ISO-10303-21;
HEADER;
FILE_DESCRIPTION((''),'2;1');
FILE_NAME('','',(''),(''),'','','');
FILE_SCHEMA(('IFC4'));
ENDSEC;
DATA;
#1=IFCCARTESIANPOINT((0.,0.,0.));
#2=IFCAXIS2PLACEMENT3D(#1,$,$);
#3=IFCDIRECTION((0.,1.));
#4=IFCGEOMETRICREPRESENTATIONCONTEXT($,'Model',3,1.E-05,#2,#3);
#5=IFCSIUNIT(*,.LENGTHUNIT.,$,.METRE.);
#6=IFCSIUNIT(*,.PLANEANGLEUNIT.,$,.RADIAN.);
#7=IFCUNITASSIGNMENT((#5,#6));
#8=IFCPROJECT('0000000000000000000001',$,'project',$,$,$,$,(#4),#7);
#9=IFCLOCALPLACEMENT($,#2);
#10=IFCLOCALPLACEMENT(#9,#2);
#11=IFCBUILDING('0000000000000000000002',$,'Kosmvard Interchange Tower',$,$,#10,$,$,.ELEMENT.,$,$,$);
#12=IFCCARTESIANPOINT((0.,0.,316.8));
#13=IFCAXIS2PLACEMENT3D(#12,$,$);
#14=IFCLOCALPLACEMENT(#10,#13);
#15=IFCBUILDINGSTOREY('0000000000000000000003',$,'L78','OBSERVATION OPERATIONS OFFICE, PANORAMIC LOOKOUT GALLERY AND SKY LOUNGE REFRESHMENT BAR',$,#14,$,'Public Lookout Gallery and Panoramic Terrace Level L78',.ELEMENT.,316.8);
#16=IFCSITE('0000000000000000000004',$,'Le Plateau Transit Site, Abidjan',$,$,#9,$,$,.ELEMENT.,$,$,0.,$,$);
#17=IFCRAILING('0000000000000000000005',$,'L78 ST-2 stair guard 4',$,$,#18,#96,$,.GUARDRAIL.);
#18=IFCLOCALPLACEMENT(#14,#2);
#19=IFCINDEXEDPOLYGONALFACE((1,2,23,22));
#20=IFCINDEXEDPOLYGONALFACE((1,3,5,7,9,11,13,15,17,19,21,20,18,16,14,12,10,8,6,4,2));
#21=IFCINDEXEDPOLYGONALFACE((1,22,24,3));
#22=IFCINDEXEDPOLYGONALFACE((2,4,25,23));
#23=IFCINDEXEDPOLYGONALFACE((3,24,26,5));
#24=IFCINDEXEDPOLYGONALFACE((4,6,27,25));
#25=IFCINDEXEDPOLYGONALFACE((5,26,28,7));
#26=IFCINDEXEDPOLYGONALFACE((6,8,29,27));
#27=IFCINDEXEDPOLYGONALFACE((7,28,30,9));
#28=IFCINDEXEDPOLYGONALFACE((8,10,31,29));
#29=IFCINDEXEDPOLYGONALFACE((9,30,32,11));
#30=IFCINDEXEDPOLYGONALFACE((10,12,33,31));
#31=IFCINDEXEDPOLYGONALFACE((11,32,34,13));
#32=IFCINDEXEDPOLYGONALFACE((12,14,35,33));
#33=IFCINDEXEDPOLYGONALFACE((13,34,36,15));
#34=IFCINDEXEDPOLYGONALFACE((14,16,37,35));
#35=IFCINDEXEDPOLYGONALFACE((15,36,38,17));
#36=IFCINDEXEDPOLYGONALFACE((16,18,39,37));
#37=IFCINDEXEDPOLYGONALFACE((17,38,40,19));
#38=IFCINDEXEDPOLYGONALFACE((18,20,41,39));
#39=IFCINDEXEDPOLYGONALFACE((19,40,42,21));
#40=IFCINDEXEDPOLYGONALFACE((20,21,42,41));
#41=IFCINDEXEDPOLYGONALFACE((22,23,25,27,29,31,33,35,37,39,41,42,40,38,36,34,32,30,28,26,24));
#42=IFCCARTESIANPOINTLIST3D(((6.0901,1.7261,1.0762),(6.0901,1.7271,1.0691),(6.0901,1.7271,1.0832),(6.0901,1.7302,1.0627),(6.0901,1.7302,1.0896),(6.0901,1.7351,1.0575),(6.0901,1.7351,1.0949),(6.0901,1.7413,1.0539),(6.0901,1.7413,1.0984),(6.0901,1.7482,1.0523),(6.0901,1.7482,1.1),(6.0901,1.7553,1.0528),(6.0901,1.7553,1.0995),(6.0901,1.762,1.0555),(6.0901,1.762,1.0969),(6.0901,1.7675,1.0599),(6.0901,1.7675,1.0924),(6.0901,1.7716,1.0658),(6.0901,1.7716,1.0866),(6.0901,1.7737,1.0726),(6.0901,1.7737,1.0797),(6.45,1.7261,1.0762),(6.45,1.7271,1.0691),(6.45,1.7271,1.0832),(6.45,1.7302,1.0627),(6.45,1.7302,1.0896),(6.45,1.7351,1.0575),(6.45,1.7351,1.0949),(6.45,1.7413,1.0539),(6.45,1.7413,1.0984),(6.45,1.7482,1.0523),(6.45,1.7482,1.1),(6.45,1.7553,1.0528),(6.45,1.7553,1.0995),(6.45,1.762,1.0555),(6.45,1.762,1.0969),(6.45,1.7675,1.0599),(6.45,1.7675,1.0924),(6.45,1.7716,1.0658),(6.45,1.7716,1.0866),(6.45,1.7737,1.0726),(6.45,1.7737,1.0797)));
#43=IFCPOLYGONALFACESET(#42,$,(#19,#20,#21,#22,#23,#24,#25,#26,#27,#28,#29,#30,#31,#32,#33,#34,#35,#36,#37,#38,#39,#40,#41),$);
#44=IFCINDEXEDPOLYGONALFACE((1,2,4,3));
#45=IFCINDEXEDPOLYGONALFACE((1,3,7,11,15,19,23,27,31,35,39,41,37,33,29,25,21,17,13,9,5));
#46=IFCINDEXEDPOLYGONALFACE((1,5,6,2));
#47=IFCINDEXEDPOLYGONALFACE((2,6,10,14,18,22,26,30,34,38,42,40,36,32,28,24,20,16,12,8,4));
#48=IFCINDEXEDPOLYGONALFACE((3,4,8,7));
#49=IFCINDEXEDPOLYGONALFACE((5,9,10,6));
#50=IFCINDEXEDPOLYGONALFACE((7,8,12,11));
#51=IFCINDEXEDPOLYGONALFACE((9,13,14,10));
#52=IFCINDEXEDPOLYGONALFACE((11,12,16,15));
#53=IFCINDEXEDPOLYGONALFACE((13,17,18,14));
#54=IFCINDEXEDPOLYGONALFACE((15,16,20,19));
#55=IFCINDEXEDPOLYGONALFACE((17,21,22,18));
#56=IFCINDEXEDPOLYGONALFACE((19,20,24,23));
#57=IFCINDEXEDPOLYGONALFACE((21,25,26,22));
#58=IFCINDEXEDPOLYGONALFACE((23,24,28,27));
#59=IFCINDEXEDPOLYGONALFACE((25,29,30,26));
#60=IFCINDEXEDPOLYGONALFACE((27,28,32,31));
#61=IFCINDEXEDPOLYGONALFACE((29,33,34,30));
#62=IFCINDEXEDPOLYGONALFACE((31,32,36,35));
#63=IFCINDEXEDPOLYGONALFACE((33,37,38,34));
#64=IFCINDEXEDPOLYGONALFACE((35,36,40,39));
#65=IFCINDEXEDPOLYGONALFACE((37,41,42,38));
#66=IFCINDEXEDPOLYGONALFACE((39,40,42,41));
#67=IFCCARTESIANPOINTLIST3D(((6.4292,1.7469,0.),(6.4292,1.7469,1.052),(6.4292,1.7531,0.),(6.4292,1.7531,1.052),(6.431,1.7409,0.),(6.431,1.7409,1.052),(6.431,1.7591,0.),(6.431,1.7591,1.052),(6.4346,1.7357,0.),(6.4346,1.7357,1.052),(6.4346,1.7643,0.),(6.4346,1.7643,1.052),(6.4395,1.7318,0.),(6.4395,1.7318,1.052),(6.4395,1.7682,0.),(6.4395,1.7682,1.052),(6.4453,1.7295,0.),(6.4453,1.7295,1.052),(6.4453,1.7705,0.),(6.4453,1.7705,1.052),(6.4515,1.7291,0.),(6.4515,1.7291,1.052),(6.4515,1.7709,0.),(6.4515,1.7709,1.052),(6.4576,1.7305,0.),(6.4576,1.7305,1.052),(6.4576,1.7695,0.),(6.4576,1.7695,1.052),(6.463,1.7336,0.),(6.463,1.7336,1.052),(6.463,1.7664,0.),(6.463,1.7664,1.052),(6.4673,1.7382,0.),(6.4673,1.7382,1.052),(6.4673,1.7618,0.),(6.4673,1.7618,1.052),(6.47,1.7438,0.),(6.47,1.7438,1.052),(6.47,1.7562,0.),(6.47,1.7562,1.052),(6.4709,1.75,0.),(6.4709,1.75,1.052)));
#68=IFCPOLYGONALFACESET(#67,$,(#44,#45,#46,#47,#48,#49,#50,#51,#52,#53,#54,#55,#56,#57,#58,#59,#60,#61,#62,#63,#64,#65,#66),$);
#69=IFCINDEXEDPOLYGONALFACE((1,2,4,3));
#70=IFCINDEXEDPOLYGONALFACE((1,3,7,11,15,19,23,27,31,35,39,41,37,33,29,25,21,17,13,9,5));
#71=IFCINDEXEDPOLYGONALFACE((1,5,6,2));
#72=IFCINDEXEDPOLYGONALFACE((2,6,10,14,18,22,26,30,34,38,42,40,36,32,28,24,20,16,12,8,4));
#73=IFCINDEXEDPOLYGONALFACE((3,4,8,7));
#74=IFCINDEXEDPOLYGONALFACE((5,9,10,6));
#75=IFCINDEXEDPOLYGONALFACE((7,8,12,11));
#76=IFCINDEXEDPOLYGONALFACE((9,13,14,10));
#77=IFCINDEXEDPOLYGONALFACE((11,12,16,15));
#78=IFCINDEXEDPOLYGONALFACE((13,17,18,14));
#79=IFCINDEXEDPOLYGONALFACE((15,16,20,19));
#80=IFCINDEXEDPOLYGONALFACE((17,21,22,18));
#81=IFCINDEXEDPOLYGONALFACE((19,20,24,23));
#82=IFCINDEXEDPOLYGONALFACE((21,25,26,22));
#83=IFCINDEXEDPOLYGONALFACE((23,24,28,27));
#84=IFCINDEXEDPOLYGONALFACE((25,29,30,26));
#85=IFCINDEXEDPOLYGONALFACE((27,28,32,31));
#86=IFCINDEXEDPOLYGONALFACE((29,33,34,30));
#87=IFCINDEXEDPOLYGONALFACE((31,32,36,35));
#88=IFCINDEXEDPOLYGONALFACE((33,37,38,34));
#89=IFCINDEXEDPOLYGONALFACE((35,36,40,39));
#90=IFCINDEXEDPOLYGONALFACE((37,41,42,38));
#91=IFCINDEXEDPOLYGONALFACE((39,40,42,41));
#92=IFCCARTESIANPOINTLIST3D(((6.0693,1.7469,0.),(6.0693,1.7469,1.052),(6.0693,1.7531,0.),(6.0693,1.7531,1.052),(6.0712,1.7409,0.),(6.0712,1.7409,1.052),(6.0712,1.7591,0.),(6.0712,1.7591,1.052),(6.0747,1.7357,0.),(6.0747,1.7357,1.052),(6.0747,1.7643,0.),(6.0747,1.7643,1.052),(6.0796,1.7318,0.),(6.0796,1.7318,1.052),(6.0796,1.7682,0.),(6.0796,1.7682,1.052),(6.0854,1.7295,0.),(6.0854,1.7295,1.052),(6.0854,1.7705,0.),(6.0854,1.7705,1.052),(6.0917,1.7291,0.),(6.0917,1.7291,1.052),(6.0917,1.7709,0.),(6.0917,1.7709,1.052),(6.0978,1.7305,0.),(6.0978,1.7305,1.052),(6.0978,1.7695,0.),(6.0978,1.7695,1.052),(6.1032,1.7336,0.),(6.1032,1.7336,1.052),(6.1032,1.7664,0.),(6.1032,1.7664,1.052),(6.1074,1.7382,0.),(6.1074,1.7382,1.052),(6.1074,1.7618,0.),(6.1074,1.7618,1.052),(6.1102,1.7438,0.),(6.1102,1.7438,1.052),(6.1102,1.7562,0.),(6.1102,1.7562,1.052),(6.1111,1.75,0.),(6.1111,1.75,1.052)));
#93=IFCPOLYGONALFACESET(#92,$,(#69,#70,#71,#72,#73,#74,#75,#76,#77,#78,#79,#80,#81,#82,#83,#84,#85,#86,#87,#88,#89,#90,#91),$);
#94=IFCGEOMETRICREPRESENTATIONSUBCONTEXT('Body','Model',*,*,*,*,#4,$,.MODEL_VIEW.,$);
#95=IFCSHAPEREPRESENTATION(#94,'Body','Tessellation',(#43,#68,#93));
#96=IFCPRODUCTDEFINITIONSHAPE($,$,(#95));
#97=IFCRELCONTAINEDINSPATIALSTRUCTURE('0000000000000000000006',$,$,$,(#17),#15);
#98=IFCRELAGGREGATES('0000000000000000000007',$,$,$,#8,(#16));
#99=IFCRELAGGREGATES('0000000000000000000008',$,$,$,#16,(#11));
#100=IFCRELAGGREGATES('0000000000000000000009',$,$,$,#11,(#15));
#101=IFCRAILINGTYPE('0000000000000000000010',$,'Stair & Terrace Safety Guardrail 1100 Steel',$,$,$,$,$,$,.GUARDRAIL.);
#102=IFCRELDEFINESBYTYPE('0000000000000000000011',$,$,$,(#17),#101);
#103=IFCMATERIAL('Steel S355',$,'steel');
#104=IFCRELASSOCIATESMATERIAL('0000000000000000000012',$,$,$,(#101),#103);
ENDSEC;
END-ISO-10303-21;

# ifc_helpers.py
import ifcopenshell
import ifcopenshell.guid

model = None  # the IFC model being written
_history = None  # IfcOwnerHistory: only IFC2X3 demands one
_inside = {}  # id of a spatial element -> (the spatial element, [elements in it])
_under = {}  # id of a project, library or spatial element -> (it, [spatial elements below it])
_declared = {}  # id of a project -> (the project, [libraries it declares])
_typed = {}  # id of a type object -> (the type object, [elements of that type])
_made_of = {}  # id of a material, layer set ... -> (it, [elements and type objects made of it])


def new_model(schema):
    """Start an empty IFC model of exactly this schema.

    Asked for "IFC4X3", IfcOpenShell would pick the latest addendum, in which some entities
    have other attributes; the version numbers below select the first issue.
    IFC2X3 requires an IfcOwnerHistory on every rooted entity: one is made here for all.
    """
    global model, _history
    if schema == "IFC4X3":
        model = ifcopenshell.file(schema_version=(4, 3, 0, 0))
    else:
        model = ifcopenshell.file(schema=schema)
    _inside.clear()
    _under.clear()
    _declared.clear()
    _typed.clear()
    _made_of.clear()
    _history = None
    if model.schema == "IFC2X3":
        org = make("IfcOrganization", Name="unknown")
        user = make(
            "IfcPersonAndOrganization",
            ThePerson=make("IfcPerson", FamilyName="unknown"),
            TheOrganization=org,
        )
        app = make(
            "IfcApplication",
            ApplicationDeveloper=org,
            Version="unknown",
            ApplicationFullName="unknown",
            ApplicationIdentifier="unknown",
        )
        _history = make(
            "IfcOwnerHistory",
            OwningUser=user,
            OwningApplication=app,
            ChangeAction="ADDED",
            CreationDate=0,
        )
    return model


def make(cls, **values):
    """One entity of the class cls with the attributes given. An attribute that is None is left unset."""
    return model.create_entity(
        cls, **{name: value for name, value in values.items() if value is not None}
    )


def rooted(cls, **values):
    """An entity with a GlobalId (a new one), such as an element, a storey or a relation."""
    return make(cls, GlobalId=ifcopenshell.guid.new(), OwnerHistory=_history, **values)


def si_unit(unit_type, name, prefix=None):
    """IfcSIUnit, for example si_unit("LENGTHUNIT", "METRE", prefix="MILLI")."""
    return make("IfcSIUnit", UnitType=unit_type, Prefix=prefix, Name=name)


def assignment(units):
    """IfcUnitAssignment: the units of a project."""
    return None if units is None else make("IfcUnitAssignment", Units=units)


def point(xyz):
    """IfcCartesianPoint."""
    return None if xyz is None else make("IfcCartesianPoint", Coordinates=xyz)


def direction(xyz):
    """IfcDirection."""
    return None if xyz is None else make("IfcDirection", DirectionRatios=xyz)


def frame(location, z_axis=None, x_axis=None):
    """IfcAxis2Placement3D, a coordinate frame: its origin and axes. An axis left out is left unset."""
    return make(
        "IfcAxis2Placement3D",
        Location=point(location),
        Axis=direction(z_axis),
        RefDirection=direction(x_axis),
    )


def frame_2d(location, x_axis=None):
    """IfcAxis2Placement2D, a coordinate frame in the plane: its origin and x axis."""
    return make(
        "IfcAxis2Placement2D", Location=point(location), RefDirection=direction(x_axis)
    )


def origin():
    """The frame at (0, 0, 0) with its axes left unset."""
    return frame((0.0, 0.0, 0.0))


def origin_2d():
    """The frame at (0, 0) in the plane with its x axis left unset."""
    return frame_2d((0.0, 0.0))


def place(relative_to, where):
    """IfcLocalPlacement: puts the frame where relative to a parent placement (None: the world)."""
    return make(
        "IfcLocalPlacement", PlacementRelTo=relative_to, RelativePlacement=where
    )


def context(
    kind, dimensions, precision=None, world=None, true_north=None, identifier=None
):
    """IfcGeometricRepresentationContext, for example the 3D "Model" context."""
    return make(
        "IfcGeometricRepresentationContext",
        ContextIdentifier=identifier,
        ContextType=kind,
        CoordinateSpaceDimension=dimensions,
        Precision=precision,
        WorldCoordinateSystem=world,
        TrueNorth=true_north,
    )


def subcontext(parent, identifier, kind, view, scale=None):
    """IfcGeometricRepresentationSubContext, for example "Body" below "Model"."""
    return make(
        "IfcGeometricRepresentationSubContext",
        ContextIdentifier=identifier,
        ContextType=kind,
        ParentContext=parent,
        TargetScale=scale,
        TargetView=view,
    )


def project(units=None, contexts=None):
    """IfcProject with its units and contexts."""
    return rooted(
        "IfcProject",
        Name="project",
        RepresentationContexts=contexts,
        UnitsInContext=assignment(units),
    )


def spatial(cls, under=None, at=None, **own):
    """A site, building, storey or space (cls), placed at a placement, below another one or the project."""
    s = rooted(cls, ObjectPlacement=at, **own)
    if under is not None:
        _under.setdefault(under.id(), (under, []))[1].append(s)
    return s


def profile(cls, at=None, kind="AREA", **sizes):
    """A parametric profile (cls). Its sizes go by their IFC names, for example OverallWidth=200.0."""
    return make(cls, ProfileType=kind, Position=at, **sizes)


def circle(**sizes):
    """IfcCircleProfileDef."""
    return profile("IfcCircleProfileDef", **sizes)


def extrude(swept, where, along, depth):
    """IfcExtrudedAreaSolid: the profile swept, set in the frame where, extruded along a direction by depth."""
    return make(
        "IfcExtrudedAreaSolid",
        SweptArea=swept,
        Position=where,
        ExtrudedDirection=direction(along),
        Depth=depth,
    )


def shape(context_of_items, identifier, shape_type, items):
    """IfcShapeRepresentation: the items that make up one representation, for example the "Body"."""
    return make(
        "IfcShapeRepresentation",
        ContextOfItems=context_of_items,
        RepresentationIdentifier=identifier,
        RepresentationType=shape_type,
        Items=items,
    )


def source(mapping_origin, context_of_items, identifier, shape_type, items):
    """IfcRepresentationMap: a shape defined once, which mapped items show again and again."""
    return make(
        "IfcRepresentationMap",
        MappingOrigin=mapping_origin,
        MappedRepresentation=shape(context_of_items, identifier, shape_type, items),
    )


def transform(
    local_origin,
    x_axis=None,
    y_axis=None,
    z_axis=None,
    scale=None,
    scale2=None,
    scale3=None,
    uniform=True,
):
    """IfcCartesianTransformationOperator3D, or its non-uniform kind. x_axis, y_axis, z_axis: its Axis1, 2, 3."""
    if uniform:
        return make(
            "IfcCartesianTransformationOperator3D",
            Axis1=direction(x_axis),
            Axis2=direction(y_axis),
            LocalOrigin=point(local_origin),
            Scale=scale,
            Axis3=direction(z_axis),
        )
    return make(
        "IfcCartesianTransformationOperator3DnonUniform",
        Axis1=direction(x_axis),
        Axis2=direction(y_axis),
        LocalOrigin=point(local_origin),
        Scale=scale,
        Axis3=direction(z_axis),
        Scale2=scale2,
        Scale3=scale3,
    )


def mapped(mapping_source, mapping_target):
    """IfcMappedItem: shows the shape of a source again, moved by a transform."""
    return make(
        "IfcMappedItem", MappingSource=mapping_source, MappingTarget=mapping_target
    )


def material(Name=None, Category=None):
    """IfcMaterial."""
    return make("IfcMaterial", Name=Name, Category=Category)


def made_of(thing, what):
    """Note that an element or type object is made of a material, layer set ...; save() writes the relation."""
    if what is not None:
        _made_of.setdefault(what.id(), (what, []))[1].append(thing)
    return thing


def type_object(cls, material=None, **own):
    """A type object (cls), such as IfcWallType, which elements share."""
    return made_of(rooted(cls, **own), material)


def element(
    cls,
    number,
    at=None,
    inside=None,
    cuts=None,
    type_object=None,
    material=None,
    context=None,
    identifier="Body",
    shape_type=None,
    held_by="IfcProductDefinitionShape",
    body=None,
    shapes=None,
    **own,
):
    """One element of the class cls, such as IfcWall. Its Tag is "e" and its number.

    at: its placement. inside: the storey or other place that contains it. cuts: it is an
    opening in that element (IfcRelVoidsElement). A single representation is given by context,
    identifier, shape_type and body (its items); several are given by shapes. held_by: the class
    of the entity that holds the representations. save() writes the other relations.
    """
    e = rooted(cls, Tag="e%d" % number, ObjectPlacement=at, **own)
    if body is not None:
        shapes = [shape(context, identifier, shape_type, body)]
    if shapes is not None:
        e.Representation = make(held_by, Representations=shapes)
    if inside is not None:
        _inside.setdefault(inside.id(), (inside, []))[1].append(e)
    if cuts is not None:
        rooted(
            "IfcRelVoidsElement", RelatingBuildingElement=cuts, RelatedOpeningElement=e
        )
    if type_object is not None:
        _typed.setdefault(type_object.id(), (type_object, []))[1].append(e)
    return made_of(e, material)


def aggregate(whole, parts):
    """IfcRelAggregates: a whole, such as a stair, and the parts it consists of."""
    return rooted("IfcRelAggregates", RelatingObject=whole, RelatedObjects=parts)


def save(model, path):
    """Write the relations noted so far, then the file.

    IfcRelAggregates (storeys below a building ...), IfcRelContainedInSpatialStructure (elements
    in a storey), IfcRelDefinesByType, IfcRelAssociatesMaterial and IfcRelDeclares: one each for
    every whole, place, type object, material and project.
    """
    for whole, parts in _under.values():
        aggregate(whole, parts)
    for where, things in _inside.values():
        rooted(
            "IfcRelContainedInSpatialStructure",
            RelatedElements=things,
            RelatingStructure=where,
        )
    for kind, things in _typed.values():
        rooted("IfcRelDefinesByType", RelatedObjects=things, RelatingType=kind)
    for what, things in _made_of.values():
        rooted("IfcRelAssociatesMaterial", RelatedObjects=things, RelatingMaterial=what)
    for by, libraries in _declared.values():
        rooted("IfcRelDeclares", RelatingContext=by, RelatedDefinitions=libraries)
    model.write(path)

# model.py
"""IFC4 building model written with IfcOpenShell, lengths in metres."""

from ifc_helpers import new_model, si_unit, direction, frame, origin, origin_2d, place, context, subcontext, project, spatial, circle, extrude, source, transform, mapped, material, type_object, element, save


model = new_model("IFC4")

# Units and contexts
model_context = context("Model", 3, precision=1e-05, world=origin(), true_north=direction((0.0, 1.0)))
body_context = subcontext(model_context, "Body", "Model", "MODEL_VIEW")
ifc_project = project(units=[si_unit("LENGTHUNIT", "METRE"), si_unit("PLANEANGLEUNIT", "RADIAN")], contexts=[model_context])

# Site, building, storey
site_placement = place(None, origin())
site = spatial("IfcSite", under=ifc_project, at=site_placement, Name="Le Plateau Transit Site, Abidjan", CompositionType="ELEMENT", RefElevation=0.0)
building_placement = place(site_placement, origin())
building = spatial("IfcBuilding", under=site, at=building_placement, Name="Kosmvard Interchange Tower", CompositionType="ELEMENT")
storey_placement = place(building_placement, frame((0.0, 0.0, 316.8)))
storey = spatial("IfcBuildingStorey", under=building, at=storey_placement, Name="L78", Description="OBSERVATION OPERATIONS OFFICE, PANORAMIC LOOKOUT GALLERY AND SKY LOUNGE REFRESHMENT BAR", LongName="Public Lookout Gallery and Panoramic Terrace Level L78", CompositionType="ELEMENT", Elevation=316.8)

# Shared definitions
ifc_material_1 = material(Name="Steel S355", Category="steel")

# Railing
railing_type_1 = type_object("IfcRailingType", Name="Stair & Terrace Safety Guardrail 1100 Steel", PredefinedType="GUARDRAIL", material=ifc_material_1)
shared_shape_1 = source(origin(), body_context, "Body", "SweptSolid", [
    extrude(circle(Radius=0.0239, at=origin_2d()), frame((0.0, 0.0, 1.0762), z_axis=(-1.0, 0.0, 0.0), x_axis=(0.0, -1.0, 0.0)), (0.0, 0.0, 1.0), 0.3599),
    extrude(circle(Radius=0.021, at=origin_2d()), origin(), (0.0, 0.0, 1.0), 1.052),
    extrude(circle(Radius=0.021, at=origin_2d()), frame((-0.3599, 0.0, 0.0)), (0.0, 0.0, 1.0), 1.052),
])
railing_1_placement = place(storey_placement, frame((6.45, 1.75, 0.0)))
element("IfcRailing", 1, at=railing_1_placement, inside=storey, type_object=railing_type_1, Name="L78 ST-2 stair guard 4", PredefinedType="GUARDRAIL", context=body_context, shape_type="MappedRepresentation", body=[
    mapped(shared_shape_1, transform((0.0, 0.0, 0.0), scale=1.0)),
])

save(model, "model.ifc")
